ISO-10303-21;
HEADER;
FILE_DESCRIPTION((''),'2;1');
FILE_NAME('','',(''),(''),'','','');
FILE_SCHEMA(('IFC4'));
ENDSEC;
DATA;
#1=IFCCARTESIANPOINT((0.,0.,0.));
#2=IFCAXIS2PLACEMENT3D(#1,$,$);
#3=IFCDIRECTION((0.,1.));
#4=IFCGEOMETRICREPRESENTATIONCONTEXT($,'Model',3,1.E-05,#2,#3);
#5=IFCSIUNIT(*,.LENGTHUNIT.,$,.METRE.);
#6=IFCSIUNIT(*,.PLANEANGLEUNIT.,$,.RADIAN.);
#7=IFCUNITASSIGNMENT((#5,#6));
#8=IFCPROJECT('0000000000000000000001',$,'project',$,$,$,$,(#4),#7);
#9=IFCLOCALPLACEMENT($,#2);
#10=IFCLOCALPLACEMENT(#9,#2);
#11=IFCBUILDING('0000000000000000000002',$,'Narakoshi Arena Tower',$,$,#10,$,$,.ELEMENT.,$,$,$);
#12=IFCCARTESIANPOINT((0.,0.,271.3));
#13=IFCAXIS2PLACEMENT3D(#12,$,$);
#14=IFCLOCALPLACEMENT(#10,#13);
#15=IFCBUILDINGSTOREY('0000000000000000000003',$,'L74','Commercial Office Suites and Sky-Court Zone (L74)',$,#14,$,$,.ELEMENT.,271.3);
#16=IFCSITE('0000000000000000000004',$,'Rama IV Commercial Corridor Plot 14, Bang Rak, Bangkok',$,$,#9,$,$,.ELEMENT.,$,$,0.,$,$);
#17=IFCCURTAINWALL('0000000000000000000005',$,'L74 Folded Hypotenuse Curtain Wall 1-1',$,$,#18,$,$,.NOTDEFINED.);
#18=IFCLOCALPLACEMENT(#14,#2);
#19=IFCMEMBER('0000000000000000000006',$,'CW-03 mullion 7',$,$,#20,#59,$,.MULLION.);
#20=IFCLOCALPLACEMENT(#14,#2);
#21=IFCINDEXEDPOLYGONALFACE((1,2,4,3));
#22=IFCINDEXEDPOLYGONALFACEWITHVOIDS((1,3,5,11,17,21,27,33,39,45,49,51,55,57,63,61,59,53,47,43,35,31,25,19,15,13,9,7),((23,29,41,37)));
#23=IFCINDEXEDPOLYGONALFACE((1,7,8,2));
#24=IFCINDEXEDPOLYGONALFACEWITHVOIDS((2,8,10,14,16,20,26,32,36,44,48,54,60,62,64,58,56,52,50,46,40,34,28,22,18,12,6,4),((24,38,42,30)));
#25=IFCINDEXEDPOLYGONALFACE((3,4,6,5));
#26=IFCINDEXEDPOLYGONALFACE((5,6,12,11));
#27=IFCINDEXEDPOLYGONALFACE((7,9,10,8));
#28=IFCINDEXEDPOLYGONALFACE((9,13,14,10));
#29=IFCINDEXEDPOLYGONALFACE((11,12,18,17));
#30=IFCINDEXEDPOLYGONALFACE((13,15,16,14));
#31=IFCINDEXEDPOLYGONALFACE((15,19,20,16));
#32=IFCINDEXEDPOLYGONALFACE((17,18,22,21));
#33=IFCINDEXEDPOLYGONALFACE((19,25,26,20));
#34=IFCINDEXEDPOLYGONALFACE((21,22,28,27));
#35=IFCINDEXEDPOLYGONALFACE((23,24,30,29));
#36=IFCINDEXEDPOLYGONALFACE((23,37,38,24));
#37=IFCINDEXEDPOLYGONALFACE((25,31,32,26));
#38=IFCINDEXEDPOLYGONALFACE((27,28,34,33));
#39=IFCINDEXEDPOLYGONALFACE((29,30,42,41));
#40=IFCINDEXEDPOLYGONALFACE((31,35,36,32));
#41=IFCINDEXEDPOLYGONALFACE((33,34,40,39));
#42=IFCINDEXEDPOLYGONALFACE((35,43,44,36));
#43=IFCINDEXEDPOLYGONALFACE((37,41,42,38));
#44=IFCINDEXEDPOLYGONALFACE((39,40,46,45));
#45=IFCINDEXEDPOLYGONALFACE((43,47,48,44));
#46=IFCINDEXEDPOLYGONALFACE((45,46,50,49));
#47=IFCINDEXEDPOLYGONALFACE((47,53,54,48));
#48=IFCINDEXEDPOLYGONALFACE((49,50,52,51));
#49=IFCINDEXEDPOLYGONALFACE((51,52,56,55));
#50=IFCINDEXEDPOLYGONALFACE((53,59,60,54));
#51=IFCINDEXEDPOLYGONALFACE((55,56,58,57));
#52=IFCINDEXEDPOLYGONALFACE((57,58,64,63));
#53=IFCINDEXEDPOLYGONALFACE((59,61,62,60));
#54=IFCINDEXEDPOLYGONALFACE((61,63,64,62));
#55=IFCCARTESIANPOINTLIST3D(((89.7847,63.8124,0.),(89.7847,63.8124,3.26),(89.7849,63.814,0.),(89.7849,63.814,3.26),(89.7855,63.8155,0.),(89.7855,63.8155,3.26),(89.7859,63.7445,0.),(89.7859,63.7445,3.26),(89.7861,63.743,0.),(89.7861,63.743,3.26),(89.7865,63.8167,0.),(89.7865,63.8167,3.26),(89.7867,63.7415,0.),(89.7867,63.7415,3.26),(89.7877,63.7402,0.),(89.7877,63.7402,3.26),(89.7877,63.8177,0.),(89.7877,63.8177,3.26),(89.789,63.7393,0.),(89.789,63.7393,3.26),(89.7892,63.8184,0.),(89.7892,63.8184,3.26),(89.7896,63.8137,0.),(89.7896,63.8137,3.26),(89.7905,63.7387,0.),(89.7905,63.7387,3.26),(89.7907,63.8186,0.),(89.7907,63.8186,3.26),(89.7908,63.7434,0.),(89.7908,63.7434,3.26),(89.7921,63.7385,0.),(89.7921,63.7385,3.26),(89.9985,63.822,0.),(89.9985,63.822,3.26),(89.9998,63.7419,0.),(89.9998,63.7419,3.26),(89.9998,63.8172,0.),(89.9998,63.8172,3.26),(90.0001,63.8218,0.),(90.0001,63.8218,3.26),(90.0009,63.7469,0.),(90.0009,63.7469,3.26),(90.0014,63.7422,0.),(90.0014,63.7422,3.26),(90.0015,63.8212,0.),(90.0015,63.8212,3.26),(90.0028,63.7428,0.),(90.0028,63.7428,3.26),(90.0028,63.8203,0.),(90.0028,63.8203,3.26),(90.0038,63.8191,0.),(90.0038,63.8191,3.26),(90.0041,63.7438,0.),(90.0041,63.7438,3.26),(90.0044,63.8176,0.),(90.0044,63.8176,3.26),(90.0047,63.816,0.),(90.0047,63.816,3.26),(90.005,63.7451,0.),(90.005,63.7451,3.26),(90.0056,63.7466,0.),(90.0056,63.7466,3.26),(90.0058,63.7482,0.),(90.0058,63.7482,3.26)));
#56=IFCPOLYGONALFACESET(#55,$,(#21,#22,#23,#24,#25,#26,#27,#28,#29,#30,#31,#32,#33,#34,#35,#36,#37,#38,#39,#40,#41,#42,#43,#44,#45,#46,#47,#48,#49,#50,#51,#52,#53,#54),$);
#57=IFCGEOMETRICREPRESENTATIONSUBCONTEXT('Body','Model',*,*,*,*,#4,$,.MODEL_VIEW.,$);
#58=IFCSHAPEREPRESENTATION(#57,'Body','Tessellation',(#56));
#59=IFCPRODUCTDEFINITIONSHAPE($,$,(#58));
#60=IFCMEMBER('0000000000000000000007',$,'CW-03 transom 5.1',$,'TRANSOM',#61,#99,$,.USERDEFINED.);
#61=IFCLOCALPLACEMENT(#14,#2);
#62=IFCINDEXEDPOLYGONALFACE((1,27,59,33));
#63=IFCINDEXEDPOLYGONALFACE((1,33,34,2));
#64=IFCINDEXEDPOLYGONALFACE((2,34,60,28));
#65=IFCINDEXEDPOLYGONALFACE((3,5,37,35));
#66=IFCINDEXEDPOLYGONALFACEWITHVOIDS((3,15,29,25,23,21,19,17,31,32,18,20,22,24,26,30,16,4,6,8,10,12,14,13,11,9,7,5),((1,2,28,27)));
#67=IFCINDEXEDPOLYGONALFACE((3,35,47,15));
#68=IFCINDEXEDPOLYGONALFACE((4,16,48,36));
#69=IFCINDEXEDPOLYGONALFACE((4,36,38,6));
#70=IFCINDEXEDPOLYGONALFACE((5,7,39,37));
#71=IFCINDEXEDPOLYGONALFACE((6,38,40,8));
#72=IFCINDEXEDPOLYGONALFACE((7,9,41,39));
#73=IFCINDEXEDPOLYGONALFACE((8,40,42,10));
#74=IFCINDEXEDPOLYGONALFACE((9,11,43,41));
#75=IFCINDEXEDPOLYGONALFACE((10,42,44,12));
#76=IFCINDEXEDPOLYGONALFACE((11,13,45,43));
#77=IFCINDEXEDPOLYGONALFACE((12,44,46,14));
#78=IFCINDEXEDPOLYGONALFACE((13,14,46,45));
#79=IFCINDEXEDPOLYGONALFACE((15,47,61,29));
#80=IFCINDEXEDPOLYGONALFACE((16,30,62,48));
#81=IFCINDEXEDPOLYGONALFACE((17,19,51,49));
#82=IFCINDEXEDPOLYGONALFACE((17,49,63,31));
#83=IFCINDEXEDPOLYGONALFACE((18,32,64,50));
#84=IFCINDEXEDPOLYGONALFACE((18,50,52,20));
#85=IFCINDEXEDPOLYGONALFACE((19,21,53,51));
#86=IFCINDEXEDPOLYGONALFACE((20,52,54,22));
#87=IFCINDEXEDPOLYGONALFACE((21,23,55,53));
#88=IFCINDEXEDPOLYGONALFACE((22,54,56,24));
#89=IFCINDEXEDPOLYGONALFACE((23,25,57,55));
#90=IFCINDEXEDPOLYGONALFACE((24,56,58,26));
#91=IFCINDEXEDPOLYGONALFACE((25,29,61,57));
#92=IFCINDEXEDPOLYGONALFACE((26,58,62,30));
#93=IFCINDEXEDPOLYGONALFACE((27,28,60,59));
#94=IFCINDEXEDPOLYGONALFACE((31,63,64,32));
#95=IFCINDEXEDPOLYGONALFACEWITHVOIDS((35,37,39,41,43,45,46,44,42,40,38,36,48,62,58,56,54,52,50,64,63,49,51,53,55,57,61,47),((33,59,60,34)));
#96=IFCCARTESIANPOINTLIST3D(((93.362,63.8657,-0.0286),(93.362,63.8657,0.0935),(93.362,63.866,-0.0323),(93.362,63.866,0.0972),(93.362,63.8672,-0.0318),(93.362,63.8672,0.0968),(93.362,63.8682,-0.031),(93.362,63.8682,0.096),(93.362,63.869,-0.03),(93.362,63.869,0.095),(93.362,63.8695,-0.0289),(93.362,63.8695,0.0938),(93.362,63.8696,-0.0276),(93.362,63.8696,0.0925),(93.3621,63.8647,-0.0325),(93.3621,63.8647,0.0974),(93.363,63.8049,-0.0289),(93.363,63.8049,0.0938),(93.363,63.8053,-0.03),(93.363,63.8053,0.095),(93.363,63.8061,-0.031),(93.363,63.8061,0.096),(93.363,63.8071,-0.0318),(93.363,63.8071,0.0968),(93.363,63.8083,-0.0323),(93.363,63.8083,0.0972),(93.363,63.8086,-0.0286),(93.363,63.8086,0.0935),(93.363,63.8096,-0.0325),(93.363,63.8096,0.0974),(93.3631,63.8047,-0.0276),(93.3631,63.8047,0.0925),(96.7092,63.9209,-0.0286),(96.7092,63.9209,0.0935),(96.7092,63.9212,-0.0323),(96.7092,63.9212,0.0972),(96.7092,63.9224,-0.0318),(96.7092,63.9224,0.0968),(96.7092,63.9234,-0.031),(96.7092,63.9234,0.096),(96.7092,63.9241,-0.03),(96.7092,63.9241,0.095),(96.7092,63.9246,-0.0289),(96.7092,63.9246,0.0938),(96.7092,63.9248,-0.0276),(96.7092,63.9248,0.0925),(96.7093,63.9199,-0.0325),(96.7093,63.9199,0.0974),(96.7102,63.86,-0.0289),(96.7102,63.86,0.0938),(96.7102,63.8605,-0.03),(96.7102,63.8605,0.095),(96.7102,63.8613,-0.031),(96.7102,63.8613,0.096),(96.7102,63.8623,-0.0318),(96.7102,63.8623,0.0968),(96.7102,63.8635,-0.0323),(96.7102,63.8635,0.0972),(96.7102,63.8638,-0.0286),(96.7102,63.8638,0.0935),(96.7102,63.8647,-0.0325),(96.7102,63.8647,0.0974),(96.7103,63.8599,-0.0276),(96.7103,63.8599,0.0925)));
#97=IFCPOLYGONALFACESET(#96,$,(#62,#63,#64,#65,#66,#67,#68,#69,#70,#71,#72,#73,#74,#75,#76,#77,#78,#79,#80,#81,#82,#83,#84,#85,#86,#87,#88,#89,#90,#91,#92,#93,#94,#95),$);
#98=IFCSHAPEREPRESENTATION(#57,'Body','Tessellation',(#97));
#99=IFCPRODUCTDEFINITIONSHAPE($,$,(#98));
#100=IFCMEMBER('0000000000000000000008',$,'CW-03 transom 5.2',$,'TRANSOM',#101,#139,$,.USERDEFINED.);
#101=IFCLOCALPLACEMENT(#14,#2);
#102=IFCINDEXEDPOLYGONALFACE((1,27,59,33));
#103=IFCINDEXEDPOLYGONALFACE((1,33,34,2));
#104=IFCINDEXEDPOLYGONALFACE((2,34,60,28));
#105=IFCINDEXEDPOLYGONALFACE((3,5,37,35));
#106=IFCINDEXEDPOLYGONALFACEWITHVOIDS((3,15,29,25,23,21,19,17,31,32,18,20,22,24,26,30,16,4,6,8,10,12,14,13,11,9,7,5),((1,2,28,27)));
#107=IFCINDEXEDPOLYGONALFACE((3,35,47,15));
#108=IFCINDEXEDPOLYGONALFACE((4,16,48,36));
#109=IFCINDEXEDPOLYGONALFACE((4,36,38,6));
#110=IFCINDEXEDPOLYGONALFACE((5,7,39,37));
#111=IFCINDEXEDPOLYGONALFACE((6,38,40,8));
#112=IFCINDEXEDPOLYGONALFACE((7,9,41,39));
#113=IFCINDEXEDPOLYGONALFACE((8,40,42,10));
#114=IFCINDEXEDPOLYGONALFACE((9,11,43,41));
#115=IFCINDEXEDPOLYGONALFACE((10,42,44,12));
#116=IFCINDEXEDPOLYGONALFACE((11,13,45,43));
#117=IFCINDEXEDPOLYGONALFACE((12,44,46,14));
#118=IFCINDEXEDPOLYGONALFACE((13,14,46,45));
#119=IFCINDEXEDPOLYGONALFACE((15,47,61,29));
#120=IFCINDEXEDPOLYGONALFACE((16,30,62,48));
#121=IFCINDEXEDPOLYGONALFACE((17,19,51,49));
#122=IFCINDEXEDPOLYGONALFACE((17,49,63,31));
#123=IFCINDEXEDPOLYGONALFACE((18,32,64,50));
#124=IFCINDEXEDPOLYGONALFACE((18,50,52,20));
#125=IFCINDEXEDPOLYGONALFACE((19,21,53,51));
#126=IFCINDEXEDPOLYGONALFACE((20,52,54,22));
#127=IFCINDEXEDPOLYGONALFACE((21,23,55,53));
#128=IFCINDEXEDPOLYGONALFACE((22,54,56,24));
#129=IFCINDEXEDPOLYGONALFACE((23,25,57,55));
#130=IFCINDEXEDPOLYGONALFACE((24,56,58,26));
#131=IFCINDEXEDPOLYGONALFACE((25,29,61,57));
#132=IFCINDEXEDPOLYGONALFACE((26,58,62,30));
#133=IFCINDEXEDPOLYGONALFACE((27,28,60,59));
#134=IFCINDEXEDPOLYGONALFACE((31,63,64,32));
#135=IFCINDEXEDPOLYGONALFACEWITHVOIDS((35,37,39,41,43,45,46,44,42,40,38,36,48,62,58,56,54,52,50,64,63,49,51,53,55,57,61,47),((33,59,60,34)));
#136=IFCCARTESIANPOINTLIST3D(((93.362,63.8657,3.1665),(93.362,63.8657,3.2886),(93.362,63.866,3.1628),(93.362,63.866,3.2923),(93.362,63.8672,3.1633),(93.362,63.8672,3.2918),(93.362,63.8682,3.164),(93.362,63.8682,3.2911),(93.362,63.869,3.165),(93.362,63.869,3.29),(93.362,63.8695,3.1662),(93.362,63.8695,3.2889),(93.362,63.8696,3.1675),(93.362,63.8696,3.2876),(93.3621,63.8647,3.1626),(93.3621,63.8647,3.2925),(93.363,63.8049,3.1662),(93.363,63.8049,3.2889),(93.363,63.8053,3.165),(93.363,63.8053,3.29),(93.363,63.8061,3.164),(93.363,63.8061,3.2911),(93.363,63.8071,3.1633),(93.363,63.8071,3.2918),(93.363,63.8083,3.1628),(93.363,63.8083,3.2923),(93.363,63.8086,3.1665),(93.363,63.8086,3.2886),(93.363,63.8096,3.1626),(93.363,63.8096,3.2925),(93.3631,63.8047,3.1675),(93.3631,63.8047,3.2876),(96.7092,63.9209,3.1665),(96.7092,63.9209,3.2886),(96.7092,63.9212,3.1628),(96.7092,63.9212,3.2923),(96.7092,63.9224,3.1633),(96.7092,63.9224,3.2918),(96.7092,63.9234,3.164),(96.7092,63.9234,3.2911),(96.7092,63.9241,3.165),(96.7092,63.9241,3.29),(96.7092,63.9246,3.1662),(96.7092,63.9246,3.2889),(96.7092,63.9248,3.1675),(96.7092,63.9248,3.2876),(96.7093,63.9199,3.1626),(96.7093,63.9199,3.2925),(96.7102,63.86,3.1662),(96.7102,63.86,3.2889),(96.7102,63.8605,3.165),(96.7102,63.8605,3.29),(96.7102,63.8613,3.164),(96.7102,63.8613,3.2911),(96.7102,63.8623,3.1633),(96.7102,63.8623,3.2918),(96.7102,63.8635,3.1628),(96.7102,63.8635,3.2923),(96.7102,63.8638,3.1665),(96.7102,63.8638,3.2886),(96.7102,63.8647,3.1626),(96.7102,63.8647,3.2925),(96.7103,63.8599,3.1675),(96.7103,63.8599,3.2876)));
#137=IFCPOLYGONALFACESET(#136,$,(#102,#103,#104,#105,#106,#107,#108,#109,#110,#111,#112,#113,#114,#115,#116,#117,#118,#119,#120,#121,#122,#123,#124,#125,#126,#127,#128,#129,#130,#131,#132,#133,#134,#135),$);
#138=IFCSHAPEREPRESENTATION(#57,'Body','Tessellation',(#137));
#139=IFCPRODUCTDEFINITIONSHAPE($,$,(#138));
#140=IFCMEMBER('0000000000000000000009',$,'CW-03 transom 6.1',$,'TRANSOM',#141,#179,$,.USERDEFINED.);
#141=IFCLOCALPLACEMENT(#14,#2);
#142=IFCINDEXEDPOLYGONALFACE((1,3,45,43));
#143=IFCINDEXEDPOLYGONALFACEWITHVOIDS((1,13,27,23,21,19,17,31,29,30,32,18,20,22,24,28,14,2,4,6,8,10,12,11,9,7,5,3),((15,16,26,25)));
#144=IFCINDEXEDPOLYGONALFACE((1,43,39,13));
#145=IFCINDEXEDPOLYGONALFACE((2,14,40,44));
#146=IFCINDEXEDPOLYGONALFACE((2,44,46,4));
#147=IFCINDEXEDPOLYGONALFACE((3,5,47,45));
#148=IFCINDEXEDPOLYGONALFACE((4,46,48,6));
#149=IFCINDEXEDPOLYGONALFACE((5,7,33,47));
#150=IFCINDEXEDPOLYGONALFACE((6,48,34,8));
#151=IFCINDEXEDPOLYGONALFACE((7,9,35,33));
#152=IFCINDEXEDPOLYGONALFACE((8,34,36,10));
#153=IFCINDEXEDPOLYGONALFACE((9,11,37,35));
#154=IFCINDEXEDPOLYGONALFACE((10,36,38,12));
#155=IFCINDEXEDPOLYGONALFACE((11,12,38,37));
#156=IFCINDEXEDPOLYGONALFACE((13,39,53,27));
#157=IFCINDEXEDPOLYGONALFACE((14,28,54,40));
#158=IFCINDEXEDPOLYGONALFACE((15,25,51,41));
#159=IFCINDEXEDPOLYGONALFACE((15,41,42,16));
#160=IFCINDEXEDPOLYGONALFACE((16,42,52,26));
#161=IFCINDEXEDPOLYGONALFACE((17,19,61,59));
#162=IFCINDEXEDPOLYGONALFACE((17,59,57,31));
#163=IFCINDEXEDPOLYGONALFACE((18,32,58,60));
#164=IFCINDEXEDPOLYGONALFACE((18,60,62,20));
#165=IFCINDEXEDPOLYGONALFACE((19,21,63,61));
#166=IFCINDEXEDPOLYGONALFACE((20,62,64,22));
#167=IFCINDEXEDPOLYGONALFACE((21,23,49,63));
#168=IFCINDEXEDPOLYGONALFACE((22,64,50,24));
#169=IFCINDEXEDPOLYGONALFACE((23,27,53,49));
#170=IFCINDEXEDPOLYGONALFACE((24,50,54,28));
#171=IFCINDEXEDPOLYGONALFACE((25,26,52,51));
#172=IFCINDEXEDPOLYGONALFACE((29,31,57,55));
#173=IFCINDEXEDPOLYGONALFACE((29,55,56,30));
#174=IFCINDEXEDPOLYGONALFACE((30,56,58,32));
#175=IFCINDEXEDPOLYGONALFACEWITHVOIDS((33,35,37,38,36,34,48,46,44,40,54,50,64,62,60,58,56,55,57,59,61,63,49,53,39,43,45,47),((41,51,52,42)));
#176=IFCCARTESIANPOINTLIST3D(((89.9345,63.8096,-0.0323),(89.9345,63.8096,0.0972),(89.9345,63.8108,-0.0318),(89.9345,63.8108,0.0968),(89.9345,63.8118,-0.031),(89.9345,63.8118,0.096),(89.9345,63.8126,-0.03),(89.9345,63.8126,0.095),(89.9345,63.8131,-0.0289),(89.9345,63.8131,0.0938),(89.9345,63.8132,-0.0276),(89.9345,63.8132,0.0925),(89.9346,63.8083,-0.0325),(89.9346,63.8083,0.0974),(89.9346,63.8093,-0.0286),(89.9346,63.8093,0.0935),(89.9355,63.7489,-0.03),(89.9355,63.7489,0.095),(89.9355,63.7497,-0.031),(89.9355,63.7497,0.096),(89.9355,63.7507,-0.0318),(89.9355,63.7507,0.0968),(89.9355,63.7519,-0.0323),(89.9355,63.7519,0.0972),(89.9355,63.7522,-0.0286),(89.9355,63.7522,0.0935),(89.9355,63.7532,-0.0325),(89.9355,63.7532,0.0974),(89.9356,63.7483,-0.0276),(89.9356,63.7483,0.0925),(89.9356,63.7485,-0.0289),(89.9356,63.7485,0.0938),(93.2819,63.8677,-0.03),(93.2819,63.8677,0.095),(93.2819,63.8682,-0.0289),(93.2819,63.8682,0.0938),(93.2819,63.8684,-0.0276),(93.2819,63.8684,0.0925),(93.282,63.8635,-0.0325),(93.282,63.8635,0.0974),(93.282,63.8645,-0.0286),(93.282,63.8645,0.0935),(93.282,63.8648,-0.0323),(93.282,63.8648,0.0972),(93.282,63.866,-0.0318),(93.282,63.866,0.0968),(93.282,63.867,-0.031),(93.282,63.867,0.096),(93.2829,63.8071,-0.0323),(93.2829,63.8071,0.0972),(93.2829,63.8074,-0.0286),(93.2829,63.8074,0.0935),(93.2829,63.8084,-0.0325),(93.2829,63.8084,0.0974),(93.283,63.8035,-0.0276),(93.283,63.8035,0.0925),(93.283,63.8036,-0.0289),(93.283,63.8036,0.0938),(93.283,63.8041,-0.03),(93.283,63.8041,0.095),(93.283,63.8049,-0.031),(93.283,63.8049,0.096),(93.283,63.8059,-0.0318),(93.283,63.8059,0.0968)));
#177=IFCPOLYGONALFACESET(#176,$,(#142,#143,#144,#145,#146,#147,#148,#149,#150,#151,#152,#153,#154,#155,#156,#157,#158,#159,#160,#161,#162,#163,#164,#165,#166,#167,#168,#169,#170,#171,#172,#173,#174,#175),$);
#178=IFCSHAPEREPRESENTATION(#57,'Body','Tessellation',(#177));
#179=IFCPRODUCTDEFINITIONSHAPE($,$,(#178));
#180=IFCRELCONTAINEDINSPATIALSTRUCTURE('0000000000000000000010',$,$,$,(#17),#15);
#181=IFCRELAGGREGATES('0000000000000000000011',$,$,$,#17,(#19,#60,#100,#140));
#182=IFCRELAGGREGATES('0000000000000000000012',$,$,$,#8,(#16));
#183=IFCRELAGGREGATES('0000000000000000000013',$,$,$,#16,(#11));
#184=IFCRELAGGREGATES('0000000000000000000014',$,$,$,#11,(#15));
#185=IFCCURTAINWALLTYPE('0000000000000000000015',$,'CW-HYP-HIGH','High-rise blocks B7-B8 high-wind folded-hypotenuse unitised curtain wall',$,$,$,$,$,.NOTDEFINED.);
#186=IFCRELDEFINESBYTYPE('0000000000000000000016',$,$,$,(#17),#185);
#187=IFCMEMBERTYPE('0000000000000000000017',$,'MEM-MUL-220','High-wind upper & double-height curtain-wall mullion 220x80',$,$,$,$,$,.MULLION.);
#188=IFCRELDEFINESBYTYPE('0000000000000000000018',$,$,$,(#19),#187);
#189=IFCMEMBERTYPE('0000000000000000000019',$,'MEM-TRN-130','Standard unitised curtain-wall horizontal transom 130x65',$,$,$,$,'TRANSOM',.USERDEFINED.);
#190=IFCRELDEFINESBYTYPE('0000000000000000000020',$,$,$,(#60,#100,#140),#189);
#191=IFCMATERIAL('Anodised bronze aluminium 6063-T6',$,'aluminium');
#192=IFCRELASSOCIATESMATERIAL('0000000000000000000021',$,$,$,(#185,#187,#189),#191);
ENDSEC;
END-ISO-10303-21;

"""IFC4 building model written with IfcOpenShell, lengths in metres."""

from ifc_helpers import new_model, si_unit, direction, frame, origin, origin_2d, place, context, subcontext, project, spatial, hollow_rectangle, extrude, material, material_profile, profile_set, type_object, element, aggregate, save


model = new_model("IFC4")

# Units and contexts
model_context = context("Model", 3, precision=1e-05, world=origin(), true_north=direction((0.0, 1.0)))
body_context = subcontext(model_context, "Body", "Model", "MODEL_VIEW")
ifc_project = project(units=[si_unit("LENGTHUNIT", "METRE"), si_unit("PLANEANGLEUNIT", "RADIAN")], contexts=[model_context])

# Site, building, storey
site_placement = place(None, origin())
site = spatial("IfcSite", under=ifc_project, at=site_placement, Name="Rama IV Commercial Corridor Plot 14, Bang Rak, Bangkok", CompositionType="ELEMENT", RefElevation=0.0)
building_placement = place(site_placement, origin())
building = spatial("IfcBuilding", under=site, at=building_placement, Name="Narakoshi Arena Tower", CompositionType="ELEMENT")
storey_placement = place(building_placement, frame((0.0, 0.0, 271.3)))
storey = spatial("IfcBuildingStorey", under=building, at=storey_placement, Name="L74", Description="Commercial Office Suites and Sky-Court Zone (L74)", CompositionType="ELEMENT", Elevation=271.3)

# Curtain wall, members
ifc_material_1 = material(Name="Anodised bronze aluminium 6063-T6", Category="aluminium")
curtain_wall_type = type_object("IfcCurtainWallType", Name="CW-HYP-HIGH", Description="High-rise blocks B7-B8 high-wind folded-hypotenuse unitised curtain wall", PredefinedType="NOTDEFINED", material=ifc_material_1)
curtain_wall_placement = place(storey_placement, origin())
curtain_wall = element("IfcCurtainWall", 1, at=curtain_wall_placement, inside=storey, type_object=curtain_wall_type, Name="L74 Folded Hypotenuse Curtain Wall 1-1", PredefinedType="NOTDEFINED")
ifc_material_profile_1 = material_profile(ifc_material_1, hollow_rectangle(XDim=0.0801, YDim=0.22, WallThickness=0.0049, OuterFilletRadius=0.0061, at=origin_2d()), Name="MUL220x80x5")
ifc_profile_set_1 = profile_set([ifc_material_profile_1], Name="Anodised bronze aluminium 6063-T6")
member_type_1 = type_object("IfcMemberType", Name="MEM-MUL-220", Description="High-wind upper & double-height curtain-wall mullion 220x80", PredefinedType="MULLION", material=ifc_profile_set_1)
member_1_placement = place(storey_placement, frame((89.8953, 63.7803, 0.0), z_axis=(0.0, 0.0, 1.0), x_axis=(0.016443, -0.999865, 0.0)))
member_1 = element("IfcMember", 2, at=member_1_placement, type_object=member_type_1, Name="CW-03 mullion 7", PredefinedType="MULLION", context=body_context, shape_type="SweptSolid", body=[
    extrude(hollow_rectangle(XDim=0.0801, YDim=0.22, WallThickness=0.0049, OuterFilletRadius=0.0061, at=origin_2d()), origin(), (0.0, 0.0, 1.0), 3.26),
])
ifc_material_profile_2 = material_profile(ifc_material_1, hollow_rectangle(XDim=0.0649, YDim=0.1299, WallThickness=0.0039, OuterFilletRadius=0.0049, at=origin_2d()), Name="TRN130x65x4")
ifc_profile_set_2 = profile_set([ifc_material_profile_2], Name="Anodised bronze aluminium 6063-T6")
member_type_2 = type_object("IfcMemberType", Name="MEM-TRN-130", Description="Standard unitised curtain-wall horizontal transom 130x65", ElementType="TRANSOM", PredefinedType="USERDEFINED", material=ifc_profile_set_2)
member_2_placement = place(storey_placement, frame((96.7097, 63.8923, 0.0325), z_axis=(-0.999864, -0.016482, 0.0), x_axis=(0.016482, -0.999864, 0.0)))
member_2 = element("IfcMember", 3, at=member_2_placement, type_object=member_type_2, Name="CW-03 transom 5.1", ObjectType="TRANSOM", PredefinedType="USERDEFINED", context=body_context, shape_type="SweptSolid", body=[
    extrude(hollow_rectangle(XDim=0.0649, YDim=0.1299, WallThickness=0.0039, OuterFilletRadius=0.0049, at=origin_2d()), origin(), (0.0, 0.0, 1.0), 3.3477),
])
member_3_placement = place(storey_placement, frame((96.7097, 63.8923, 3.2275), z_axis=(-0.999864, -0.016482, 0.0), x_axis=(0.016482, -0.999864, 0.0)))
member_3 = element("IfcMember", 4, at=member_3_placement, type_object=member_type_2, Name="CW-03 transom 5.2", ObjectType="TRANSOM", PredefinedType="USERDEFINED", context=body_context, shape_type="SweptSolid", body=[
    extrude(hollow_rectangle(XDim=0.0649, YDim=0.1299, WallThickness=0.0039, OuterFilletRadius=0.0049, at=origin_2d()), origin(), (0.0, 0.0, 1.0), 3.3477),
])
member_4_placement = place(storey_placement, frame((93.2825, 63.8359, 0.0325), z_axis=(-0.999864, -0.016481, 0.0), x_axis=(0.016481, -0.999864, 0.0)))
member_4 = element("IfcMember", 5, at=member_4_placement, type_object=member_type_2, Name="CW-03 transom 6.1", ObjectType="TRANSOM", PredefinedType="USERDEFINED", context=body_context, shape_type="SweptSolid", body=[
    extrude(hollow_rectangle(XDim=0.0649, YDim=0.1299, WallThickness=0.0039, OuterFilletRadius=0.0049, at=origin_2d()), origin(), (0.0, 0.0, 1.0), 3.3479),
])
aggregate(curtain_wall, [member_1, member_2, member_3, member_4])

save(model, "model.ifc")
